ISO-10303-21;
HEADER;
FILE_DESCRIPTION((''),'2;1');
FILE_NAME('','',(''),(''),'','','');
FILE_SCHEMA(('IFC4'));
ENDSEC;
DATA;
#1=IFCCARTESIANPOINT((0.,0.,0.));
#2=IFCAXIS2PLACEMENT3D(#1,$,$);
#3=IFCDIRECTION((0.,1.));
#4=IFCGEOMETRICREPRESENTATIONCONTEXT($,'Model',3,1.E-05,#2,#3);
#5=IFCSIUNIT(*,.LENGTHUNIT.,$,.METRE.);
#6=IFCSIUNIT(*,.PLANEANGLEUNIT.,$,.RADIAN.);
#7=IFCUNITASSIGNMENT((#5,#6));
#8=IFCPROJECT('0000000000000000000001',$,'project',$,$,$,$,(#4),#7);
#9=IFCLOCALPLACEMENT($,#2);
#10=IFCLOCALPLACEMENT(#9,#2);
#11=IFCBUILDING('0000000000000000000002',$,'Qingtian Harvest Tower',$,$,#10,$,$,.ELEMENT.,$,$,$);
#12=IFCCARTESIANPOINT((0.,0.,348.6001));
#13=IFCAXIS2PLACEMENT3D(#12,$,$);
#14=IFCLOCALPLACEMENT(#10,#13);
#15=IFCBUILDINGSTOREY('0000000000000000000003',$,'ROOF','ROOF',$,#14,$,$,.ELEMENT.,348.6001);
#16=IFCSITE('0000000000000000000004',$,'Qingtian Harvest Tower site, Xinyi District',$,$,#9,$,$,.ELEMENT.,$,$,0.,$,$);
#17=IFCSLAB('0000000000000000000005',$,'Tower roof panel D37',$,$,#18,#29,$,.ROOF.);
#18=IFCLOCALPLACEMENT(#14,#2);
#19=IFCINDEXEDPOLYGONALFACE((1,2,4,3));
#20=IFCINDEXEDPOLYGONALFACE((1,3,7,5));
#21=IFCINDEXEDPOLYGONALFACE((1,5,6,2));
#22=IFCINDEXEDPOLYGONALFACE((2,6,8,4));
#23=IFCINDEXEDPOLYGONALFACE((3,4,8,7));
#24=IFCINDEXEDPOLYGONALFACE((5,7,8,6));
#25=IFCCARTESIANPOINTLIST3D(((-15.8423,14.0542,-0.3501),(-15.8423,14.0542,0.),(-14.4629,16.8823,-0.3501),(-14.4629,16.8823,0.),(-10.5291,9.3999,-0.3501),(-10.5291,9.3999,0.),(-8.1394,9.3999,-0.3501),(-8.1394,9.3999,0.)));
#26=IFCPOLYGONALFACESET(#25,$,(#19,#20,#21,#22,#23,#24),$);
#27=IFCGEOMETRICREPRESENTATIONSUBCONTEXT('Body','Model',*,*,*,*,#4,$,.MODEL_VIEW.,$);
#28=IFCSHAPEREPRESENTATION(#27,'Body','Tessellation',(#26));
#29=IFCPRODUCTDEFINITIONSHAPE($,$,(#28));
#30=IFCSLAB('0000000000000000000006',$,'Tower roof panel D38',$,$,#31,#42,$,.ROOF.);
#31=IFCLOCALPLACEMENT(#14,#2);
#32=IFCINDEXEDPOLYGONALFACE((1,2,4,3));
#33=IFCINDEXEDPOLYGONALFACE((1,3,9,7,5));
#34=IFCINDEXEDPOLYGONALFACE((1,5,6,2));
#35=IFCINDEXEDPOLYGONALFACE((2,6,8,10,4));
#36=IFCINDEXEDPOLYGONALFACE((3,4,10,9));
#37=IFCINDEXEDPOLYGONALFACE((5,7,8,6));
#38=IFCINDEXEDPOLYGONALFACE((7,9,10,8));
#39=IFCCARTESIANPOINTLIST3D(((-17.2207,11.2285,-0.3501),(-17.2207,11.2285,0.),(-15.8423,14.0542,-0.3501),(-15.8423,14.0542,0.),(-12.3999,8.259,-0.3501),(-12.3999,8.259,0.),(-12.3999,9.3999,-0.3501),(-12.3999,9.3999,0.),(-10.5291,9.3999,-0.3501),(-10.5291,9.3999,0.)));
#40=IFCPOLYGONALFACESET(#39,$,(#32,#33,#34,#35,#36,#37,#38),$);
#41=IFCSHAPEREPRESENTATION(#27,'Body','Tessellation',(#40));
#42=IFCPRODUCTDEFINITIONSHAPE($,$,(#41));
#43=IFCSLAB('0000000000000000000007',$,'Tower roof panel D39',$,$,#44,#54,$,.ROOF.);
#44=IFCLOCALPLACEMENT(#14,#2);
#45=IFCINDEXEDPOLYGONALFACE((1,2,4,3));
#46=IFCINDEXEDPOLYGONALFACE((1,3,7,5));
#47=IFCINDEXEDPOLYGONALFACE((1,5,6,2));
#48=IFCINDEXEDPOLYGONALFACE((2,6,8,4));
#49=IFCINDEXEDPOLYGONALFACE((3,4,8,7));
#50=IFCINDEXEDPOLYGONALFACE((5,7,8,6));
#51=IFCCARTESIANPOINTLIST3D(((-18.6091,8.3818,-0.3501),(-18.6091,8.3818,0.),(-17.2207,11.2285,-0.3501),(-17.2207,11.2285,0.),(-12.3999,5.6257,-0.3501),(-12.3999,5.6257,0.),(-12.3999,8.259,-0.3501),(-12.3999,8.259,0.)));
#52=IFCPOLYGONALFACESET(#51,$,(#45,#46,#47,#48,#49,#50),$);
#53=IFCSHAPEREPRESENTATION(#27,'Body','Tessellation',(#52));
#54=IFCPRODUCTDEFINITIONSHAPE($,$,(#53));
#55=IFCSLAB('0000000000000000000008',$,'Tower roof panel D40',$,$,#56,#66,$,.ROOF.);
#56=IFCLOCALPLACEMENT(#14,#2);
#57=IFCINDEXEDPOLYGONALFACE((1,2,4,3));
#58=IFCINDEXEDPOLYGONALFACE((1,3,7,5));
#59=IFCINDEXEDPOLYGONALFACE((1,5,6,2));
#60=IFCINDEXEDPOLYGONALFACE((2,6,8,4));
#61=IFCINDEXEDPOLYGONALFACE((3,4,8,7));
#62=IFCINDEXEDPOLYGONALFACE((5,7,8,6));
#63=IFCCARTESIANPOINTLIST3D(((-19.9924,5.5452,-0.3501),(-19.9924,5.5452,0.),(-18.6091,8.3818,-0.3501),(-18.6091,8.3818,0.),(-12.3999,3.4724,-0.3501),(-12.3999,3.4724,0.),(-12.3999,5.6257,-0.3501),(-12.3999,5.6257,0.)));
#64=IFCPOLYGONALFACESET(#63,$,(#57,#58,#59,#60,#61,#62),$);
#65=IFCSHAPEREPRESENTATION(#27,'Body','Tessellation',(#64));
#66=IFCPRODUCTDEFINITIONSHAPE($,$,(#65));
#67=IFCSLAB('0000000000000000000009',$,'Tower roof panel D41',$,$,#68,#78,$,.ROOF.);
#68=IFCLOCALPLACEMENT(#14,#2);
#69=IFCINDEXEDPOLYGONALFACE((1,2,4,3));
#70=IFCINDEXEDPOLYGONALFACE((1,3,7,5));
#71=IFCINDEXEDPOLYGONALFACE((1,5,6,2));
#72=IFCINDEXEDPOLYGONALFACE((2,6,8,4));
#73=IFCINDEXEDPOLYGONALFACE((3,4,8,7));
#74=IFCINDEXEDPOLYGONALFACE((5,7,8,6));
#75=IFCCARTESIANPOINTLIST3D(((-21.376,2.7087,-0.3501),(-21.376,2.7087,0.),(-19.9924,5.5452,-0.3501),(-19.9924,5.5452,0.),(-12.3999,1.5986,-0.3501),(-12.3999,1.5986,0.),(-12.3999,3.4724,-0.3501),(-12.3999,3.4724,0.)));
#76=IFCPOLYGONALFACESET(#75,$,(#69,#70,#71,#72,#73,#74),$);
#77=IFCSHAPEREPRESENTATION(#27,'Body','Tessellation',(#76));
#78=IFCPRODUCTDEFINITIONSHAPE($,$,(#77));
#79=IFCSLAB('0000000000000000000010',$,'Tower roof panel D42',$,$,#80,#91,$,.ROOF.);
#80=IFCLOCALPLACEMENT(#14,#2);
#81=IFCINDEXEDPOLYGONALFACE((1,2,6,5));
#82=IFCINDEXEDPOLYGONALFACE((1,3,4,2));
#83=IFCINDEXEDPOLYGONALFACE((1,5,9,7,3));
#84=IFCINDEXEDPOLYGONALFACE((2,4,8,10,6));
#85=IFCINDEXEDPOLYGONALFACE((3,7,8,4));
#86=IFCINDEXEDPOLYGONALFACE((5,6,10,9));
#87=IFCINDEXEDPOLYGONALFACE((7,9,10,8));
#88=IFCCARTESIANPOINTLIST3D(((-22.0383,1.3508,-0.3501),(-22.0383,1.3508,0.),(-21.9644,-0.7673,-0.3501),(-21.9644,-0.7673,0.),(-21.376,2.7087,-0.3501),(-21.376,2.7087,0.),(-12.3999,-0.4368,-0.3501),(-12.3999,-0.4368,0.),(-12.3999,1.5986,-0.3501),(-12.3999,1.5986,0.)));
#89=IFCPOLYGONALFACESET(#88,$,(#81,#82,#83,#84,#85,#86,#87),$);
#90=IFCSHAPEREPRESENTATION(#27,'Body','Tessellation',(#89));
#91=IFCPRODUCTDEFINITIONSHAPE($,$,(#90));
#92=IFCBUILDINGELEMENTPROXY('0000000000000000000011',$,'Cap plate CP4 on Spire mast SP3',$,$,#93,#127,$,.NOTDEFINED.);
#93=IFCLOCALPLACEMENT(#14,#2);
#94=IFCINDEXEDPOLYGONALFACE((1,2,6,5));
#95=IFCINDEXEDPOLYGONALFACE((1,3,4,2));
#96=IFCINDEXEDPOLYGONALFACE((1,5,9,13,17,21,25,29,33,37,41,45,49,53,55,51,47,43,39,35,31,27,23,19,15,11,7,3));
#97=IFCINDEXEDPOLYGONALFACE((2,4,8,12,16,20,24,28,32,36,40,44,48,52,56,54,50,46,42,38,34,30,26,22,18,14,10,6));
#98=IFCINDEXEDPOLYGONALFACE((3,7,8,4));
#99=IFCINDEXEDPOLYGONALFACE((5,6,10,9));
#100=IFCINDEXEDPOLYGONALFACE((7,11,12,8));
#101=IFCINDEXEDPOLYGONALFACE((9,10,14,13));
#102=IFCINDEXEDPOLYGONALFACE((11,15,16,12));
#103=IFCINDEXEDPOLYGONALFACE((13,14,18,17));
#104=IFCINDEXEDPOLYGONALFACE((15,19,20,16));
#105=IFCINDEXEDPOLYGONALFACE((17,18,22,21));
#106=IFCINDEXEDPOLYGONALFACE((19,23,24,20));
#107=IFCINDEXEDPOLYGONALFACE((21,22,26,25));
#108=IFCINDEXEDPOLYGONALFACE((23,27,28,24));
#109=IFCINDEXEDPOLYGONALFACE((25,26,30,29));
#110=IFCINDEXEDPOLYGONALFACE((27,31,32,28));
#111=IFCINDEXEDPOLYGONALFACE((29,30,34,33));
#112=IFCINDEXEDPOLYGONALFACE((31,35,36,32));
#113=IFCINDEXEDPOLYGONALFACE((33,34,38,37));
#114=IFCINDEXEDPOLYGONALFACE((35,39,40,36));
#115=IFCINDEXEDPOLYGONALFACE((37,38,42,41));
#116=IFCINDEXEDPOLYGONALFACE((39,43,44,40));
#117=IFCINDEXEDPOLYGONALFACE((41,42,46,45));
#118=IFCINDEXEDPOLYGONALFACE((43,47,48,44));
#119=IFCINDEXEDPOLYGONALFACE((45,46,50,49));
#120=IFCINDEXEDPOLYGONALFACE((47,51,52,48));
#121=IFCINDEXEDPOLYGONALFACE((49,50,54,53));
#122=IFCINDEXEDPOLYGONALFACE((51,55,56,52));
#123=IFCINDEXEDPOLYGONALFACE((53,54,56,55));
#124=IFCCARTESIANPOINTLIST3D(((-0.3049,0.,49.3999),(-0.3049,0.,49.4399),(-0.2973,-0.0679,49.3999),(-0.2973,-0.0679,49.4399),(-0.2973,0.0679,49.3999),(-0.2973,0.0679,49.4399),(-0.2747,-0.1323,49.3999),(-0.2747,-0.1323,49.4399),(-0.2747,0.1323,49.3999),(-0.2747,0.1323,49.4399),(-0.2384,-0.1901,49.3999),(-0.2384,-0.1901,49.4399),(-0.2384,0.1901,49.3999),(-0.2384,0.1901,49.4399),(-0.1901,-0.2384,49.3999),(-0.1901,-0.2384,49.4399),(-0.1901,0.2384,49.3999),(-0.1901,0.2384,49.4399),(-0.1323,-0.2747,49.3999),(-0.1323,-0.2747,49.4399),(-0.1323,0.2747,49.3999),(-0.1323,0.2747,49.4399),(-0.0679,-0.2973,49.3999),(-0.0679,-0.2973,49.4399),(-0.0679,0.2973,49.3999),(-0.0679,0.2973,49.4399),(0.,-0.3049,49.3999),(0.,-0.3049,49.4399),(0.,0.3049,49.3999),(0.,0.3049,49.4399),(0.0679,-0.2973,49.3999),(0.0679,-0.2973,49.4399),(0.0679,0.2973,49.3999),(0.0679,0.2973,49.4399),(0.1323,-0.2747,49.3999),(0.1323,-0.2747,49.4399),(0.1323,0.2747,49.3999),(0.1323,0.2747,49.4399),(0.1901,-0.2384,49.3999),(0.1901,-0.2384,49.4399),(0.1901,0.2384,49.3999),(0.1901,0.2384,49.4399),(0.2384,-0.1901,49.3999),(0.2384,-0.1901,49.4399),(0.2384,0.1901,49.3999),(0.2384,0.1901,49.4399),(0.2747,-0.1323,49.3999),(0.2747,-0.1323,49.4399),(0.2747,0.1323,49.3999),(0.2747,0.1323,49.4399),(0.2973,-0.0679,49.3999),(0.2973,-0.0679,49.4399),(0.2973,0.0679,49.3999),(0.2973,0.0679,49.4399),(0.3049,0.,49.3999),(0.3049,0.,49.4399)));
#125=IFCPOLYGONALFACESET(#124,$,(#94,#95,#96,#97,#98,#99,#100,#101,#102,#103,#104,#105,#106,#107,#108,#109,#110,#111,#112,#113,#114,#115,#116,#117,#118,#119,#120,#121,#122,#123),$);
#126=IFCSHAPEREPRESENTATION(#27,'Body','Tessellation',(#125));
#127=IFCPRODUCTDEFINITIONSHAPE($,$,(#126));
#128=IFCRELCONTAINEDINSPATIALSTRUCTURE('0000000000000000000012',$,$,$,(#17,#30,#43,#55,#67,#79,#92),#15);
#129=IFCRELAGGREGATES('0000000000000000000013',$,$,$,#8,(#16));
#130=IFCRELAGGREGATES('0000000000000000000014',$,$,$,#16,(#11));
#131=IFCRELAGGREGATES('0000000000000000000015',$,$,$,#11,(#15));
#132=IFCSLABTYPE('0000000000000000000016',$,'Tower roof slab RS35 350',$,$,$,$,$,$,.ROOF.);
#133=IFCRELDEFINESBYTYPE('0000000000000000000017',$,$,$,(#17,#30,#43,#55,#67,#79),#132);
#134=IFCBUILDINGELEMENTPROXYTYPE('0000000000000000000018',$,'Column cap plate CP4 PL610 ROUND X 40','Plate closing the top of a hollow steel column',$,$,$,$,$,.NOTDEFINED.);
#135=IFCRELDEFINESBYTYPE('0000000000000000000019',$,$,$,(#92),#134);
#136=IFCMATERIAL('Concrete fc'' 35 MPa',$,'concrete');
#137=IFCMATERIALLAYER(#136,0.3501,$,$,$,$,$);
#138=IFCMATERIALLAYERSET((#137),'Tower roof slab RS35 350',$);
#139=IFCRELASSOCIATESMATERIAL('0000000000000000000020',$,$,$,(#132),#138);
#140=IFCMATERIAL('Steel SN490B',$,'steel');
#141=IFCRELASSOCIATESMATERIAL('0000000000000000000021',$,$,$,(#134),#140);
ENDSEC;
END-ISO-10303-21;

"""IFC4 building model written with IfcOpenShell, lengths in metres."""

from ifc_helpers import new_model, si_unit, direction, frame, origin, origin_2d, place, context, subcontext, project, spatial, polyline, circle, outline, extrude, material, layer, layer_set, material_profile, profile_set, type_object, element, save


model = new_model("IFC4")

# Units and contexts
model_context = context("Model", 3, precision=1e-05, world=origin(), true_north=direction((0.0, 1.0)))
body_context = subcontext(model_context, "Body", "Model", "MODEL_VIEW")
ifc_project = project(units=[si_unit("LENGTHUNIT", "METRE"), si_unit("PLANEANGLEUNIT", "RADIAN")], contexts=[model_context])

# Site, building, storey
site_placement = place(None, origin())
site = spatial("IfcSite", under=ifc_project, at=site_placement, Name="Qingtian Harvest Tower site, Xinyi District", CompositionType="ELEMENT", RefElevation=0.0)
building_placement = place(site_placement, origin())
building = spatial("IfcBuilding", under=site, at=building_placement, Name="Qingtian Harvest Tower", CompositionType="ELEMENT")
storey_placement = place(building_placement, frame((0.0, 0.0, 348.6001)))
storey = spatial("IfcBuildingStorey", under=building, at=storey_placement, Name="ROOF", Description="ROOF", CompositionType="ELEMENT", Elevation=348.6001)

# Slabs
ifc_material_1 = material(Name="Concrete fc' 35 MPa", Category="concrete")
ifc_layer_1 = layer(ifc_material_1, 0.3501)
ifc_layer_set_1 = layer_set([ifc_layer_1], Name="Tower roof slab RS35 350")
slab_type = type_object("IfcSlabType", Name="Tower roof slab RS35 350", PredefinedType="ROOF", material=ifc_layer_set_1)
slab_1_placement = place(storey_placement, frame((0.0, 0.0, -0.3501)))
element("IfcSlab", 1, at=slab_1_placement, inside=storey, type_object=slab_type, Name="Tower roof panel D37", PredefinedType="ROOF", context=body_context, shape_type="SweptSolid", body=[
    extrude(outline(polyline([(-14.4629, 16.8823), (-8.1394, 9.3999), (-10.5291, 9.3999), (-15.8423, 14.0542), (-14.4629, 16.8823)])), origin(), (0.0, 0.0, 1.0), 0.3501),
])
slab_2_placement = place(storey_placement, frame((0.0, 0.0, -0.3501)))
element("IfcSlab", 2, at=slab_2_placement, inside=storey, type_object=slab_type, Name="Tower roof panel D38", PredefinedType="ROOF", context=body_context, shape_type="SweptSolid", body=[
    extrude(outline(polyline([(-15.8423, 14.0542), (-10.5291, 9.3999), (-12.3999, 9.3999), (-12.3999, 8.259), (-17.2207, 11.2285), (-15.8423, 14.0542)])), origin(), (0.0, 0.0, 1.0), 0.3501),
])
slab_3_placement = place(storey_placement, frame((0.0, 0.0, -0.3501)))
element("IfcSlab", 3, at=slab_3_placement, inside=storey, type_object=slab_type, Name="Tower roof panel D39", PredefinedType="ROOF", context=body_context, shape_type="SweptSolid", body=[
    extrude(outline(polyline([(-17.2207, 11.2285), (-12.3999, 8.259), (-12.3999, 5.6257), (-18.6091, 8.3818), (-17.2207, 11.2285)])), origin(), (0.0, 0.0, 1.0), 0.3501),
])
slab_4_placement = place(storey_placement, frame((0.0, 0.0, -0.3501)))
element("IfcSlab", 4, at=slab_4_placement, inside=storey, type_object=slab_type, Name="Tower roof panel D40", PredefinedType="ROOF", context=body_context, shape_type="SweptSolid", body=[
    extrude(outline(polyline([(-18.6091, 8.3818), (-12.3999, 5.6257), (-12.3999, 3.4724), (-19.9924, 5.5452), (-18.6091, 8.3818)])), origin(), (0.0, 0.0, 1.0), 0.3501),
])
slab_5_placement = place(storey_placement, frame((0.0, 0.0, -0.3501)))
element("IfcSlab", 5, at=slab_5_placement, inside=storey, type_object=slab_type, Name="Tower roof panel D41", PredefinedType="ROOF", context=body_context, shape_type="SweptSolid", body=[
    extrude(outline(polyline([(-19.9924, 5.5452), (-12.3999, 3.4724), (-12.3999, 1.5986), (-21.376, 2.7087), (-19.9924, 5.5452)])), origin(), (0.0, 0.0, 1.0), 0.3501),
])
slab_6_placement = place(storey_placement, frame((0.0, 0.0, -0.3501)))
element("IfcSlab", 6, at=slab_6_placement, inside=storey, type_object=slab_type, Name="Tower roof panel D42", PredefinedType="ROOF", context=body_context, shape_type="SweptSolid", body=[
    extrude(outline(polyline([(-22.0383, 1.3508), (-21.376, 2.7087), (-12.3999, 1.5986), (-12.3999, -0.4368), (-21.9644, -0.7673), (-22.0383, 1.3508)])), origin(), (0.0, 0.0, 1.0), 0.3501),
])

# Building element proxy
ifc_material_2 = material(Name="Steel SN490B", Category="steel")
ifc_material_profile = material_profile(ifc_material_2, circle(Radius=0.3049, at=origin_2d()), Name="PL610 ROUND X 40")
ifc_profile_set = profile_set([ifc_material_profile], Name="Steel SN490B")
building_element_proxy_type = type_object("IfcBuildingElementProxyType", Name="Column cap plate CP4 PL610 ROUND X 40", Description="Plate closing the top of a hollow steel column", PredefinedType="NOTDEFINED", material=ifc_profile_set)
proxy_placement = place(storey_placement, frame((0.0, 0.0, 49.3999), z_axis=(0.0, 0.0, 1.0), x_axis=(1.0, 0.0, 0.0)))
element("IfcBuildingElementProxy", 7, at=proxy_placement, inside=storey, type_object=building_element_proxy_type, Name="Cap plate CP4 on Spire mast SP3", PredefinedType="NOTDEFINED", context=body_context, shape_type="SweptSolid", body=[
    extrude(circle(Radius=0.3049, at=origin_2d()), origin(), (0.0, 0.0, 1.0), 0.04),
])

save(model, "model.ifc")
